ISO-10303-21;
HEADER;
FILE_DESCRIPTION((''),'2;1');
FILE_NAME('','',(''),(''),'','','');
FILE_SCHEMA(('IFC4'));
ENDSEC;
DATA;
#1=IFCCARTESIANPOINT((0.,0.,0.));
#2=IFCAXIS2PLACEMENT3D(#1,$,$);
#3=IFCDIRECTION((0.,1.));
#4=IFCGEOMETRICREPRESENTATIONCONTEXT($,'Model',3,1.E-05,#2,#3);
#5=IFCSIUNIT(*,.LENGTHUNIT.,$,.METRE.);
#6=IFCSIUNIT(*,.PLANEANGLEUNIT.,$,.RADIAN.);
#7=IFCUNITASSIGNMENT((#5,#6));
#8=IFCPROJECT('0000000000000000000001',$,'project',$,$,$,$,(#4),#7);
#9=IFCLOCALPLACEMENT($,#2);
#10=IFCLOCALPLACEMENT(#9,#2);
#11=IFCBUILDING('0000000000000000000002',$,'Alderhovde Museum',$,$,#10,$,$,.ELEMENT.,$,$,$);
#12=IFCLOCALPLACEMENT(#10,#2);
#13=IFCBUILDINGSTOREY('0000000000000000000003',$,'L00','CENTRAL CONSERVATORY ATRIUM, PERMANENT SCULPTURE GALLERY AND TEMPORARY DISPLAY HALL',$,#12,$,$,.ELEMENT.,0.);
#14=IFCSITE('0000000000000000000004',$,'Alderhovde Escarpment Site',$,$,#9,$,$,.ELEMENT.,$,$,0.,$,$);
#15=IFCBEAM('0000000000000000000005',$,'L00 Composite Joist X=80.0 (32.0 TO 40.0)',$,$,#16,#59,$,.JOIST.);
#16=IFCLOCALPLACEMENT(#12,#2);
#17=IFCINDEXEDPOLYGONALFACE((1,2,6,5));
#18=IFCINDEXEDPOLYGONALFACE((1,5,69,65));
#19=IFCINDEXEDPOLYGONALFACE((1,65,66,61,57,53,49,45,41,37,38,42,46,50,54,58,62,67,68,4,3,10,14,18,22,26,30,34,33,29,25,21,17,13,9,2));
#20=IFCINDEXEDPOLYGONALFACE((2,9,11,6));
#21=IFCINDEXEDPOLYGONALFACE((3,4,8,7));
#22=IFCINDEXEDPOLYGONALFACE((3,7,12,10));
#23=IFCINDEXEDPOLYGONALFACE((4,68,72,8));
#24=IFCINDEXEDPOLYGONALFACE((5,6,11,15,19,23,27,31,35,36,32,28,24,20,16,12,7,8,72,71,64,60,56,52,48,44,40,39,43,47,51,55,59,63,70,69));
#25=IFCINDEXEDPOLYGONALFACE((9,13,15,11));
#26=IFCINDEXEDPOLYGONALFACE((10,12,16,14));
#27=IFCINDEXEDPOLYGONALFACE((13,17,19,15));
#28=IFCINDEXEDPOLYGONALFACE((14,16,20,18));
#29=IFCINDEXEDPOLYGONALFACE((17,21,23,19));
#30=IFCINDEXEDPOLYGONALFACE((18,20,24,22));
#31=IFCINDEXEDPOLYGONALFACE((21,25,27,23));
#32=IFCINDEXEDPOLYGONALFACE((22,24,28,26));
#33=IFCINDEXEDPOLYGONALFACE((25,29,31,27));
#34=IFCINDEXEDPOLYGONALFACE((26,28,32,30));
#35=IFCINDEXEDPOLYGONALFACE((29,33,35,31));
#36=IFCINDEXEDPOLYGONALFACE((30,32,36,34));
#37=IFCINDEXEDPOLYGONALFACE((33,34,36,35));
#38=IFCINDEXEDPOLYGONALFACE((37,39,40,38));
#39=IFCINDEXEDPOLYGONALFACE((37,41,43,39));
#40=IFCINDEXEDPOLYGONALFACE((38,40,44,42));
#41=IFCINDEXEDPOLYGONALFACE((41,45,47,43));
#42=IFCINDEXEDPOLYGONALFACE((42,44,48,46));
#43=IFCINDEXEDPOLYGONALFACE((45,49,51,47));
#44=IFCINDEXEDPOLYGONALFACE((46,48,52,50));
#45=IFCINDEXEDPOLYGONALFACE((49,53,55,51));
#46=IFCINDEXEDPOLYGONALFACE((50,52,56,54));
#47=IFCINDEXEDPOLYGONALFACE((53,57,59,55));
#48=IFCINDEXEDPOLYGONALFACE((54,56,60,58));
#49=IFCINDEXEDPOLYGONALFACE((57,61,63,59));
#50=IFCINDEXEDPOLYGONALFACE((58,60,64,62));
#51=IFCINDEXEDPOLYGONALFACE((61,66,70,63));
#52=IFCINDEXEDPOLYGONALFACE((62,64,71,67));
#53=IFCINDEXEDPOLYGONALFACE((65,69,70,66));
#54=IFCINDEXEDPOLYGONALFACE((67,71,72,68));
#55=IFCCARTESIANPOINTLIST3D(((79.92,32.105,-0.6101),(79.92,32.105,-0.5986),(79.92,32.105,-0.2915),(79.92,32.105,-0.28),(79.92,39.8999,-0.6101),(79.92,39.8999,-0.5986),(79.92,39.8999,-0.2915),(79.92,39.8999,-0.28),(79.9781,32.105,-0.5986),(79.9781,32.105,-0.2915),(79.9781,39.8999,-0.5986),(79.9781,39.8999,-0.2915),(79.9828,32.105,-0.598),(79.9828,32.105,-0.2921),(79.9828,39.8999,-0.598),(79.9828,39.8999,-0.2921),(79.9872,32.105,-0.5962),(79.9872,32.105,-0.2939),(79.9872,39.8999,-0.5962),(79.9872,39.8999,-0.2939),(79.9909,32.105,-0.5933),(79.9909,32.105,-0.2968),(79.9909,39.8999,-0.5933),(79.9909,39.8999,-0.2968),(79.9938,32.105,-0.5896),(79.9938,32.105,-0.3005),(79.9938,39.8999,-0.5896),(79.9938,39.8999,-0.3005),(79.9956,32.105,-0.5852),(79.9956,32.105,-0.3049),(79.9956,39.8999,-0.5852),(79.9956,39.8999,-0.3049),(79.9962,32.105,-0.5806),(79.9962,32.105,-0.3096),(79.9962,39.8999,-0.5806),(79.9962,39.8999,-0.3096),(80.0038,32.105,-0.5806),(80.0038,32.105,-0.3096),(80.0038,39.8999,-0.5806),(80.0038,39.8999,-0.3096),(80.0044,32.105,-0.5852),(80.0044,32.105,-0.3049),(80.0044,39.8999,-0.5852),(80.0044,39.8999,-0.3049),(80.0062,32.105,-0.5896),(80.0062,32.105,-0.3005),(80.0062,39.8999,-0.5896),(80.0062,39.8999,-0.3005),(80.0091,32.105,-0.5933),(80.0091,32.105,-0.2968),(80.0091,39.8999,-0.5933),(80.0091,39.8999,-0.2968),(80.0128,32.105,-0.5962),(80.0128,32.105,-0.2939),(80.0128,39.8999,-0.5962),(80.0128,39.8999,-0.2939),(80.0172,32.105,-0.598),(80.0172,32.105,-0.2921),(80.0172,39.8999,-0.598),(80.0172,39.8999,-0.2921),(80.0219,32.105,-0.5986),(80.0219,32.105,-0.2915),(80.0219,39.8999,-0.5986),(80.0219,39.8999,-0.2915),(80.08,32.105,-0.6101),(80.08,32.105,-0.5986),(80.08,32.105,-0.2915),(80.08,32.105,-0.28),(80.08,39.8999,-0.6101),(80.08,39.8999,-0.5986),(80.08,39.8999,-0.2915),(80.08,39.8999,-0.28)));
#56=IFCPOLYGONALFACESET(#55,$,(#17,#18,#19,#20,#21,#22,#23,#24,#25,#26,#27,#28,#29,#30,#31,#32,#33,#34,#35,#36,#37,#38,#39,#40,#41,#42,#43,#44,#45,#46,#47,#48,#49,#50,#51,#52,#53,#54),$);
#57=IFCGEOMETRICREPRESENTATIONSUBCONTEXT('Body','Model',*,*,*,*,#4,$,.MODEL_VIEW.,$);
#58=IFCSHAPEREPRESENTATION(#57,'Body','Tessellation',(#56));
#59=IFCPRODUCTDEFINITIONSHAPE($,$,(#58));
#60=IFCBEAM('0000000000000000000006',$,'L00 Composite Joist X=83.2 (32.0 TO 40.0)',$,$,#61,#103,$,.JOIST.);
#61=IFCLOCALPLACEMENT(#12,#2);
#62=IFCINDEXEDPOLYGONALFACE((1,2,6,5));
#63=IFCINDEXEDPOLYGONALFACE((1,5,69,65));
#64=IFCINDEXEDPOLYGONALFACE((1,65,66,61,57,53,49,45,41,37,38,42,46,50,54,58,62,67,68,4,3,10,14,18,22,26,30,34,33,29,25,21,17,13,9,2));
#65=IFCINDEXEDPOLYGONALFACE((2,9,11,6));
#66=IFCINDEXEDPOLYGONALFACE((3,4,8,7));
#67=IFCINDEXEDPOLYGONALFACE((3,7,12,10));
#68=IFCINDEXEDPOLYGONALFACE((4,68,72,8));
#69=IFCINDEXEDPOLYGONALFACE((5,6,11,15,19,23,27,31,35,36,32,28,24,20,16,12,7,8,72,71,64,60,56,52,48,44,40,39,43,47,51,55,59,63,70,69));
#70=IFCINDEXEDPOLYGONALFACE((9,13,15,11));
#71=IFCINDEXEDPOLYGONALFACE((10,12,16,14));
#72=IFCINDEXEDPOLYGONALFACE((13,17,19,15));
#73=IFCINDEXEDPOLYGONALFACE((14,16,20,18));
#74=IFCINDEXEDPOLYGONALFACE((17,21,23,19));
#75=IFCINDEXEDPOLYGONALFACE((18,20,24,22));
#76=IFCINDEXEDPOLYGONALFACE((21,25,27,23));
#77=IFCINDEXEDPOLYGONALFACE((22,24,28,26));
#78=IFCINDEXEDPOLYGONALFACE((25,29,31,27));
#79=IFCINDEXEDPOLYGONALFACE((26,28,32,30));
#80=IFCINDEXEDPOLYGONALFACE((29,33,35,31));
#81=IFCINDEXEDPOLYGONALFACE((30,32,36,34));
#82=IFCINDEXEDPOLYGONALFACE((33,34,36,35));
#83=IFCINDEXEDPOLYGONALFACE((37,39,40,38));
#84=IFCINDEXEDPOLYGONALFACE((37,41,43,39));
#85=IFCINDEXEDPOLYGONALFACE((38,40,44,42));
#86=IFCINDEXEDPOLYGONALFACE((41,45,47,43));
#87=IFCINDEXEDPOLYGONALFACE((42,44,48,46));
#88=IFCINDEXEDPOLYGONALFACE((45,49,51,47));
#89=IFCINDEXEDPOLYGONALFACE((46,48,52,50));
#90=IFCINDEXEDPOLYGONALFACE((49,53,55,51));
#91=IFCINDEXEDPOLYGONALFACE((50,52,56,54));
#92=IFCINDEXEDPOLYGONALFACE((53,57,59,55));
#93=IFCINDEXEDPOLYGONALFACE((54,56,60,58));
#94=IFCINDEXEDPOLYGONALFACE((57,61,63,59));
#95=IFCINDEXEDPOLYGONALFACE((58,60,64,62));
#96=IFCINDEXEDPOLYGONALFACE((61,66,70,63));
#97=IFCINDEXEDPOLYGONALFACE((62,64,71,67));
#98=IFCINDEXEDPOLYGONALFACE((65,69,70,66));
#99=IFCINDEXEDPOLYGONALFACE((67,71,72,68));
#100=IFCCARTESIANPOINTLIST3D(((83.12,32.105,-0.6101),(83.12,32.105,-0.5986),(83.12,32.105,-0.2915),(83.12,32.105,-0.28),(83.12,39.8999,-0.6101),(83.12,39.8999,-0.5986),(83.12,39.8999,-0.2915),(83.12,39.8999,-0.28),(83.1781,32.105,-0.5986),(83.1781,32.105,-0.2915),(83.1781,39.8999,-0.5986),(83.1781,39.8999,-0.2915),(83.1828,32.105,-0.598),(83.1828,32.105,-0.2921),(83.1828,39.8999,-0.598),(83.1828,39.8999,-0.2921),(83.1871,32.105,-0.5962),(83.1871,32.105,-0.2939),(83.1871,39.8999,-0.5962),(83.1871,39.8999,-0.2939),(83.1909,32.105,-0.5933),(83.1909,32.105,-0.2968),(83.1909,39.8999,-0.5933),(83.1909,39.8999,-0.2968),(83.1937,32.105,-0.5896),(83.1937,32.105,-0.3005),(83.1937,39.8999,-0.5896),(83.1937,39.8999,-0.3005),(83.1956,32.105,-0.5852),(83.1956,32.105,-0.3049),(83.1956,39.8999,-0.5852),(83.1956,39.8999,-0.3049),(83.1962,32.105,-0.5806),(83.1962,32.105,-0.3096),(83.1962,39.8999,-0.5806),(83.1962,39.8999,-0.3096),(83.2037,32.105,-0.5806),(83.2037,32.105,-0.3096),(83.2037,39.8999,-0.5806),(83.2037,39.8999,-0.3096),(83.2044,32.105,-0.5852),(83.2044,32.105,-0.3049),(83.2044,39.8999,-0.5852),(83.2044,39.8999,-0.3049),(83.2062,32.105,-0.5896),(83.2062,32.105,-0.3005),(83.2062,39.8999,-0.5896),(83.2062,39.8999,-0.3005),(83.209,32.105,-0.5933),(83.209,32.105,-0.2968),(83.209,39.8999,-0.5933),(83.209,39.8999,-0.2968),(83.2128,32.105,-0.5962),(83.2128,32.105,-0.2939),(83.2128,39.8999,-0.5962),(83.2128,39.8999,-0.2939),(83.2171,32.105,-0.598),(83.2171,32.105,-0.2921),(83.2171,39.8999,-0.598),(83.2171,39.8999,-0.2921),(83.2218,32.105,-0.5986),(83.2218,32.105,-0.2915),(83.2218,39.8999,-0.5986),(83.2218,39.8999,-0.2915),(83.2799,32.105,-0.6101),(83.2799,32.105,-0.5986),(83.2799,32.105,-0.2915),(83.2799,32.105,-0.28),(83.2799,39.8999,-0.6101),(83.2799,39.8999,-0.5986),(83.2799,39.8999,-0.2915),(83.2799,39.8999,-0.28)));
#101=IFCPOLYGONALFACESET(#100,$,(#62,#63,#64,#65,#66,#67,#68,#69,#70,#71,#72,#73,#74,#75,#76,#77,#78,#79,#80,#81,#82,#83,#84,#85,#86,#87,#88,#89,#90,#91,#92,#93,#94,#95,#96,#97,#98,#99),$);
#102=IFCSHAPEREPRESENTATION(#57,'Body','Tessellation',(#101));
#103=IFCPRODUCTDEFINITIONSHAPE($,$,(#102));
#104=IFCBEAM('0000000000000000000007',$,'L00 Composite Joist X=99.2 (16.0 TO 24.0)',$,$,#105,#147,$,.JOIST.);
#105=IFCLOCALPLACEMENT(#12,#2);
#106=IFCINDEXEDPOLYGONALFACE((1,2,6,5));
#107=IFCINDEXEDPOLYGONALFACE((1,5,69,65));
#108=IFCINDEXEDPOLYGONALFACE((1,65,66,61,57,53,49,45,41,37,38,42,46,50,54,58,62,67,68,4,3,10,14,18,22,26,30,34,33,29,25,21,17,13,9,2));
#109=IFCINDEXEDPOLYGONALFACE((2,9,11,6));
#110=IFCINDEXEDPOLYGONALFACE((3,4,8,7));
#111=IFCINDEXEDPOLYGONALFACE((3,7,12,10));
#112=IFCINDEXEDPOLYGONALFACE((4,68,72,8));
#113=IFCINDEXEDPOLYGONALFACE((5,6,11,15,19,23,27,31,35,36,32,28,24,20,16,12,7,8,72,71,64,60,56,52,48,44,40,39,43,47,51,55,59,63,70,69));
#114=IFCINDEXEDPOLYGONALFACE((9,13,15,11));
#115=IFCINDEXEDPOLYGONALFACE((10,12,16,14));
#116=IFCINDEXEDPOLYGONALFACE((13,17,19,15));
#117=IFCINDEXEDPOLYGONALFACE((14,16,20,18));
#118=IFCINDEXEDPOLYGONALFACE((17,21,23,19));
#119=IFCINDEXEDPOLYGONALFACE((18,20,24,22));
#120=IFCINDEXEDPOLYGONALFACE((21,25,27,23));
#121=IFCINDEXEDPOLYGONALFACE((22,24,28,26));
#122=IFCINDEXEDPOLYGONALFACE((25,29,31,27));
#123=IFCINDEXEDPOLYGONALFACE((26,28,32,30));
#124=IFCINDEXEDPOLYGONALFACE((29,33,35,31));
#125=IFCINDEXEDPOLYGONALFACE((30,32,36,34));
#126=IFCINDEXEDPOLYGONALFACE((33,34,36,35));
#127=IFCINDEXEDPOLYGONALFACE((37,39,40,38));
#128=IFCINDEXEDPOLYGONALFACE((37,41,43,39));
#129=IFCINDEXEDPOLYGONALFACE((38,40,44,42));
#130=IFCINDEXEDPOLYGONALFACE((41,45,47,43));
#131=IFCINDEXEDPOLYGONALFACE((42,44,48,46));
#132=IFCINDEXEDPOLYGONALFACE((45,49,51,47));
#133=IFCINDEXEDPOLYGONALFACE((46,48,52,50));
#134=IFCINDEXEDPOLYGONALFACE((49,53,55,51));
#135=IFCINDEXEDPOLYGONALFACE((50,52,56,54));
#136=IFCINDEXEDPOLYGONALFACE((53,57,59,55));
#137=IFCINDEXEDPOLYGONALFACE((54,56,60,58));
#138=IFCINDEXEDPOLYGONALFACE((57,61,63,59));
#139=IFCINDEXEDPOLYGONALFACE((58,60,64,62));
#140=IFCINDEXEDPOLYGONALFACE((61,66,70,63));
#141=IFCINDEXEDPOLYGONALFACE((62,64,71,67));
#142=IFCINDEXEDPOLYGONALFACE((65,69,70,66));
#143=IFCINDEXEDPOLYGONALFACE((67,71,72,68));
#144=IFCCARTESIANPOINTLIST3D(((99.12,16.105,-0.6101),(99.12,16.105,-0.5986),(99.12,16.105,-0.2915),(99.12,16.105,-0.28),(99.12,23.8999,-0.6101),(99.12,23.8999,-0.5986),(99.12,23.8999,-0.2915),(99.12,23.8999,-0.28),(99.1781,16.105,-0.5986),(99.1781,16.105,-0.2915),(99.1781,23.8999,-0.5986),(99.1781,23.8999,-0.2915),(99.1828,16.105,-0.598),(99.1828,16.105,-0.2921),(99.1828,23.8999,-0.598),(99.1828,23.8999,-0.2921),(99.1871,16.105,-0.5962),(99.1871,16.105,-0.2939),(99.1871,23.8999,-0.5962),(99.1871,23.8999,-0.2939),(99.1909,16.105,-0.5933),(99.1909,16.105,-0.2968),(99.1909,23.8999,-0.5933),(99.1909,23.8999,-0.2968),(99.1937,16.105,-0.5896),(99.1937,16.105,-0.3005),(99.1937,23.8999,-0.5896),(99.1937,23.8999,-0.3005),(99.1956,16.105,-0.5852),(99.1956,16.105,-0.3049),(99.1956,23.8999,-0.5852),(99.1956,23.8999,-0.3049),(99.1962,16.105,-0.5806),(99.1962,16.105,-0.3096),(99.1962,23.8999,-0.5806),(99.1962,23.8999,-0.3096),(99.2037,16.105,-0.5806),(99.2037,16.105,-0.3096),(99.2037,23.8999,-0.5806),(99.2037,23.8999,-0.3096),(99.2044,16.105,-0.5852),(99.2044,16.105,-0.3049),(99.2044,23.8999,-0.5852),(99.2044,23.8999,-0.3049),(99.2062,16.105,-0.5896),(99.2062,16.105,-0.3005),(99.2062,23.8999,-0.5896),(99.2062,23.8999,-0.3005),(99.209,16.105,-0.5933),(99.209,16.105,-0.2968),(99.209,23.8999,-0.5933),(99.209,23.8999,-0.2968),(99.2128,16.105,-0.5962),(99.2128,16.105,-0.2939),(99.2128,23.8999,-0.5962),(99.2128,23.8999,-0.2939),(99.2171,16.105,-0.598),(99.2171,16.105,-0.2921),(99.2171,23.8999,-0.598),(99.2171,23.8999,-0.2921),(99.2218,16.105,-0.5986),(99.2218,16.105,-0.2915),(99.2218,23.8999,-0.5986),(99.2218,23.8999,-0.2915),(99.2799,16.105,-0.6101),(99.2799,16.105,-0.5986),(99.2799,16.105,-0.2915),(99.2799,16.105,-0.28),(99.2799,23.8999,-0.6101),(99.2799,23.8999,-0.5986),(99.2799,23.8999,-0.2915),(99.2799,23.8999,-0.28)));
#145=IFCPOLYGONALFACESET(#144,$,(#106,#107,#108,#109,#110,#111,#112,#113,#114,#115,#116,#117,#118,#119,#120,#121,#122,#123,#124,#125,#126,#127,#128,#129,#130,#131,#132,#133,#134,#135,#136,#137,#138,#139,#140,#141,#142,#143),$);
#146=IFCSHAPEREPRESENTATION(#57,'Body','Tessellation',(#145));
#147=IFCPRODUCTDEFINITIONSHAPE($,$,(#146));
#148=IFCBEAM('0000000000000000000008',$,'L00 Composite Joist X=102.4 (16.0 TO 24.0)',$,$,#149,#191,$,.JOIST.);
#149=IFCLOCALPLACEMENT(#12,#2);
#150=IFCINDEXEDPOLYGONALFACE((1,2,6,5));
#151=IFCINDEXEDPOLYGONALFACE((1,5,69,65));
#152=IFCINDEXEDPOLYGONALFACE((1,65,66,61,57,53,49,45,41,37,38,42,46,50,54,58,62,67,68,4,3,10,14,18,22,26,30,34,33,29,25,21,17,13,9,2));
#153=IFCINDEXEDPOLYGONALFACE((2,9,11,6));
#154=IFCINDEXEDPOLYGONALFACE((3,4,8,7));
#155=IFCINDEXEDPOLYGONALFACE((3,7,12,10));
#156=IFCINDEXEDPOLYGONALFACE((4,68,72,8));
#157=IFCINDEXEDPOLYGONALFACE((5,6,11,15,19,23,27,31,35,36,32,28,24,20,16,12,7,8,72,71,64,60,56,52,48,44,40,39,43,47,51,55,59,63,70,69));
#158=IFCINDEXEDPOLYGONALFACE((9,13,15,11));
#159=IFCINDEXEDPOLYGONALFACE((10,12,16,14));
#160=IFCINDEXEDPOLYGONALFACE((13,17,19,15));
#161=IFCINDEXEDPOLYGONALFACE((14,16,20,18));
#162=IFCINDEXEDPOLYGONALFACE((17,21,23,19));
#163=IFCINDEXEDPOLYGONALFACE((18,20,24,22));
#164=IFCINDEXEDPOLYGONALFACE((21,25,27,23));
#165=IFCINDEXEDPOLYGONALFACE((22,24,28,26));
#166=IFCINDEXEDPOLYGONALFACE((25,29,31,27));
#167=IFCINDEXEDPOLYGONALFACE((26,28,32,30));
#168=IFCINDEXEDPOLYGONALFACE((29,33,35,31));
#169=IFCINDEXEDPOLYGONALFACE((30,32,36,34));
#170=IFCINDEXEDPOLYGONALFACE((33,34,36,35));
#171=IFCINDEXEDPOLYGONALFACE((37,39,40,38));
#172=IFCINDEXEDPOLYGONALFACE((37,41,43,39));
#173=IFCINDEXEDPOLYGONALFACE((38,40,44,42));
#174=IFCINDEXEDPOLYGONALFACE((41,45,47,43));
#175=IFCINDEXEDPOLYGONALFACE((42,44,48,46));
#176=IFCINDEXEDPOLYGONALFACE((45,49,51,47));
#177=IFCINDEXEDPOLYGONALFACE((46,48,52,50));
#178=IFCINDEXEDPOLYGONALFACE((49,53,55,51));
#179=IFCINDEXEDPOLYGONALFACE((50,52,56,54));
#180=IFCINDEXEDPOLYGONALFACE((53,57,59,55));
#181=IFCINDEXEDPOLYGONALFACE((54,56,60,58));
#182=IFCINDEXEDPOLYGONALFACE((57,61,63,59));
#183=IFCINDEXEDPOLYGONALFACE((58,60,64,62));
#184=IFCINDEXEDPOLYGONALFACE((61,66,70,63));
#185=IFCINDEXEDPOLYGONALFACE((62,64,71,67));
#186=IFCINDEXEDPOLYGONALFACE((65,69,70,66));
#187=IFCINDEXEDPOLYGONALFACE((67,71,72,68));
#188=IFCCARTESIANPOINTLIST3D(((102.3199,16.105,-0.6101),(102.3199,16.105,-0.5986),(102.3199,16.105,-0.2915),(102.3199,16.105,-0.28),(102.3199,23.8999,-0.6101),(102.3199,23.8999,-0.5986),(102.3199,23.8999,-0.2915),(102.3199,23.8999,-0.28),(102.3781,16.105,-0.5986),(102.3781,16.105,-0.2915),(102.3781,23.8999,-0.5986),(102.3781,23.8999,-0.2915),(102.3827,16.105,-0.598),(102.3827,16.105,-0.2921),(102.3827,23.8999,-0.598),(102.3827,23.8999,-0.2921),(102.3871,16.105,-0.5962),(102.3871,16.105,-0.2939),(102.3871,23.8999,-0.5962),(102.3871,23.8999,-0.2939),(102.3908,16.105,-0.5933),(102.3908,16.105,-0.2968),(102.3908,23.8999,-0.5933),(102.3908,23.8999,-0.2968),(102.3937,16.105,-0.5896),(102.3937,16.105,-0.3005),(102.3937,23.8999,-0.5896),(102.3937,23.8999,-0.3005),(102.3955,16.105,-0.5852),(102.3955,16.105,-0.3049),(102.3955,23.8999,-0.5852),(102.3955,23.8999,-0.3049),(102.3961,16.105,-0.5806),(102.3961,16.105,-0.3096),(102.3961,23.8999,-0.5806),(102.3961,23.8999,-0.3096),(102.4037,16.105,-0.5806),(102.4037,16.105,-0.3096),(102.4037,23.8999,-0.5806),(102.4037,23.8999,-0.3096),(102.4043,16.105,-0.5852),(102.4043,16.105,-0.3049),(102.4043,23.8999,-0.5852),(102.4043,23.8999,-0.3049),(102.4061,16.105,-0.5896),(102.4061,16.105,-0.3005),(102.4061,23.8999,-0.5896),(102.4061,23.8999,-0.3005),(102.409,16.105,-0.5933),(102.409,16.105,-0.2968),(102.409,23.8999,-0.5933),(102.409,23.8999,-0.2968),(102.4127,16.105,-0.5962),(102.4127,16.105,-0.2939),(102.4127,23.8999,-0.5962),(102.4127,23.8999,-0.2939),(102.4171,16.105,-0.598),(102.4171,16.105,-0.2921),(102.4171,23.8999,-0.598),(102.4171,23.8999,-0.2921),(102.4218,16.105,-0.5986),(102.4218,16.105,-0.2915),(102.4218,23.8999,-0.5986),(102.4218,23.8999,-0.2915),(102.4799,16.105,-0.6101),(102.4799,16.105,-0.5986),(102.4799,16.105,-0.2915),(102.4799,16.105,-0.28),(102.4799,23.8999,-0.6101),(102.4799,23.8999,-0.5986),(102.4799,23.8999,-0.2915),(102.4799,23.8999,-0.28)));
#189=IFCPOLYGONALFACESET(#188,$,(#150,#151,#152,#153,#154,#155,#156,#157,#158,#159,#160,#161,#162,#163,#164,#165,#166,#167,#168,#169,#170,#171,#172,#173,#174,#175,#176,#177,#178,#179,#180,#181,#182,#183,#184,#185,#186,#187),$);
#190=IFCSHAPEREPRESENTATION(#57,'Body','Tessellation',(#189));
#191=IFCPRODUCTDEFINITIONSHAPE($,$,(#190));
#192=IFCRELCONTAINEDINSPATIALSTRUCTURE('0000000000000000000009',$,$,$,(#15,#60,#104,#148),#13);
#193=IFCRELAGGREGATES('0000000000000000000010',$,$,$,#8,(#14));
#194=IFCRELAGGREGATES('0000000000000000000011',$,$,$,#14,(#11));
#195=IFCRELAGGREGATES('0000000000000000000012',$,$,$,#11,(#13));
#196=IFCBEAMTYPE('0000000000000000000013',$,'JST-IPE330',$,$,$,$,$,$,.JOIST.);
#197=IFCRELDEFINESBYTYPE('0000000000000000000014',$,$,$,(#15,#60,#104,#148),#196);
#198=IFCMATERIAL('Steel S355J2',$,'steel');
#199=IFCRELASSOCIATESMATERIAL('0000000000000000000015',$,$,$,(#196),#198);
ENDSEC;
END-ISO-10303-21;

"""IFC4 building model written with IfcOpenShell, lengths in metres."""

from ifc_helpers import new_model, si_unit, direction, frame, origin, origin_2d, place, context, subcontext, project, spatial, i_section, extrude, material, material_profile, profile_set, type_object, element, save


model = new_model("IFC4")

# Units and contexts
model_context = context("Model", 3, precision=1e-05, world=origin(), true_north=direction((0.0, 1.0)))
body_context = subcontext(model_context, "Body", "Model", "MODEL_VIEW")
ifc_project = project(units=[si_unit("LENGTHUNIT", "METRE"), si_unit("PLANEANGLEUNIT", "RADIAN")], contexts=[model_context])

# Site, building, storey
site_placement = place(None, origin())
site = spatial("IfcSite", under=ifc_project, at=site_placement, Name="Alderhovde Escarpment Site", CompositionType="ELEMENT", RefElevation=0.0)
building_placement = place(site_placement, origin())
building = spatial("IfcBuilding", under=site, at=building_placement, Name="Alderhovde Museum", CompositionType="ELEMENT")
storey_placement = place(building_placement, origin())
storey = spatial("IfcBuildingStorey", under=building, at=storey_placement, Name="L00", Description="CENTRAL CONSERVATORY ATRIUM, PERMANENT SCULPTURE GALLERY AND TEMPORARY DISPLAY HALL", CompositionType="ELEMENT", Elevation=0.0)

# Beams
ifc_material_1 = material(Name="Steel S355J2", Category="steel")
ifc_material_profile_1 = material_profile(ifc_material_1, i_section(OverallWidth=0.1599, OverallDepth=0.3301, WebThickness=0.0076, FlangeThickness=0.0115, FilletRadius=0.0181, at=origin_2d()), Name="IPE 330")
ifc_profile_set_1 = profile_set([ifc_material_profile_1], Name="Steel S355J2")
beam_type_1 = type_object("IfcBeamType", Name="JST-IPE330", PredefinedType="JOIST", material=ifc_profile_set_1)
for number, where, z_axis, x_axis, name in (
    (1, (80.0, 32.105, -0.4451), (0.0, 1.0, 0.0), (-1.0, 0.0, 0.0), "L00 Composite Joist X=80.0 (32.0 TO 40.0)"),
    (2, (83.2, 32.105, -0.4451), (0.0, 1.0, 0.0), (-1.0, 0.0, 0.0), "L00 Composite Joist X=83.2 (32.0 TO 40.0)"),
    (3, (99.2, 16.105, -0.4451), (0.0, 1.0, 0.0), (-1.0, 0.0, 0.0), "L00 Composite Joist X=99.2 (16.0 TO 24.0)"),
    (4, (102.3999, 16.105, -0.4451), (0.0, 1.0, 0.0), (-1.0, 0.0, 0.0), "L00 Composite Joist X=102.4 (16.0 TO 24.0)"),
):
    element("IfcBeam", number, at=place(storey_placement, frame(where, z_axis=z_axis, x_axis=x_axis)), inside=storey, type_object=beam_type_1, Name=name, PredefinedType="JOIST", context=body_context, shape_type="SweptSolid", body=[
        extrude(i_section(OverallWidth=0.1599, OverallDepth=0.3301, WebThickness=0.0076, FlangeThickness=0.0115, FilletRadius=0.0181, at=origin_2d()), origin(), (0.0, 0.0, 1.0), 7.7949),
    ])

save(model, "model.ifc")
